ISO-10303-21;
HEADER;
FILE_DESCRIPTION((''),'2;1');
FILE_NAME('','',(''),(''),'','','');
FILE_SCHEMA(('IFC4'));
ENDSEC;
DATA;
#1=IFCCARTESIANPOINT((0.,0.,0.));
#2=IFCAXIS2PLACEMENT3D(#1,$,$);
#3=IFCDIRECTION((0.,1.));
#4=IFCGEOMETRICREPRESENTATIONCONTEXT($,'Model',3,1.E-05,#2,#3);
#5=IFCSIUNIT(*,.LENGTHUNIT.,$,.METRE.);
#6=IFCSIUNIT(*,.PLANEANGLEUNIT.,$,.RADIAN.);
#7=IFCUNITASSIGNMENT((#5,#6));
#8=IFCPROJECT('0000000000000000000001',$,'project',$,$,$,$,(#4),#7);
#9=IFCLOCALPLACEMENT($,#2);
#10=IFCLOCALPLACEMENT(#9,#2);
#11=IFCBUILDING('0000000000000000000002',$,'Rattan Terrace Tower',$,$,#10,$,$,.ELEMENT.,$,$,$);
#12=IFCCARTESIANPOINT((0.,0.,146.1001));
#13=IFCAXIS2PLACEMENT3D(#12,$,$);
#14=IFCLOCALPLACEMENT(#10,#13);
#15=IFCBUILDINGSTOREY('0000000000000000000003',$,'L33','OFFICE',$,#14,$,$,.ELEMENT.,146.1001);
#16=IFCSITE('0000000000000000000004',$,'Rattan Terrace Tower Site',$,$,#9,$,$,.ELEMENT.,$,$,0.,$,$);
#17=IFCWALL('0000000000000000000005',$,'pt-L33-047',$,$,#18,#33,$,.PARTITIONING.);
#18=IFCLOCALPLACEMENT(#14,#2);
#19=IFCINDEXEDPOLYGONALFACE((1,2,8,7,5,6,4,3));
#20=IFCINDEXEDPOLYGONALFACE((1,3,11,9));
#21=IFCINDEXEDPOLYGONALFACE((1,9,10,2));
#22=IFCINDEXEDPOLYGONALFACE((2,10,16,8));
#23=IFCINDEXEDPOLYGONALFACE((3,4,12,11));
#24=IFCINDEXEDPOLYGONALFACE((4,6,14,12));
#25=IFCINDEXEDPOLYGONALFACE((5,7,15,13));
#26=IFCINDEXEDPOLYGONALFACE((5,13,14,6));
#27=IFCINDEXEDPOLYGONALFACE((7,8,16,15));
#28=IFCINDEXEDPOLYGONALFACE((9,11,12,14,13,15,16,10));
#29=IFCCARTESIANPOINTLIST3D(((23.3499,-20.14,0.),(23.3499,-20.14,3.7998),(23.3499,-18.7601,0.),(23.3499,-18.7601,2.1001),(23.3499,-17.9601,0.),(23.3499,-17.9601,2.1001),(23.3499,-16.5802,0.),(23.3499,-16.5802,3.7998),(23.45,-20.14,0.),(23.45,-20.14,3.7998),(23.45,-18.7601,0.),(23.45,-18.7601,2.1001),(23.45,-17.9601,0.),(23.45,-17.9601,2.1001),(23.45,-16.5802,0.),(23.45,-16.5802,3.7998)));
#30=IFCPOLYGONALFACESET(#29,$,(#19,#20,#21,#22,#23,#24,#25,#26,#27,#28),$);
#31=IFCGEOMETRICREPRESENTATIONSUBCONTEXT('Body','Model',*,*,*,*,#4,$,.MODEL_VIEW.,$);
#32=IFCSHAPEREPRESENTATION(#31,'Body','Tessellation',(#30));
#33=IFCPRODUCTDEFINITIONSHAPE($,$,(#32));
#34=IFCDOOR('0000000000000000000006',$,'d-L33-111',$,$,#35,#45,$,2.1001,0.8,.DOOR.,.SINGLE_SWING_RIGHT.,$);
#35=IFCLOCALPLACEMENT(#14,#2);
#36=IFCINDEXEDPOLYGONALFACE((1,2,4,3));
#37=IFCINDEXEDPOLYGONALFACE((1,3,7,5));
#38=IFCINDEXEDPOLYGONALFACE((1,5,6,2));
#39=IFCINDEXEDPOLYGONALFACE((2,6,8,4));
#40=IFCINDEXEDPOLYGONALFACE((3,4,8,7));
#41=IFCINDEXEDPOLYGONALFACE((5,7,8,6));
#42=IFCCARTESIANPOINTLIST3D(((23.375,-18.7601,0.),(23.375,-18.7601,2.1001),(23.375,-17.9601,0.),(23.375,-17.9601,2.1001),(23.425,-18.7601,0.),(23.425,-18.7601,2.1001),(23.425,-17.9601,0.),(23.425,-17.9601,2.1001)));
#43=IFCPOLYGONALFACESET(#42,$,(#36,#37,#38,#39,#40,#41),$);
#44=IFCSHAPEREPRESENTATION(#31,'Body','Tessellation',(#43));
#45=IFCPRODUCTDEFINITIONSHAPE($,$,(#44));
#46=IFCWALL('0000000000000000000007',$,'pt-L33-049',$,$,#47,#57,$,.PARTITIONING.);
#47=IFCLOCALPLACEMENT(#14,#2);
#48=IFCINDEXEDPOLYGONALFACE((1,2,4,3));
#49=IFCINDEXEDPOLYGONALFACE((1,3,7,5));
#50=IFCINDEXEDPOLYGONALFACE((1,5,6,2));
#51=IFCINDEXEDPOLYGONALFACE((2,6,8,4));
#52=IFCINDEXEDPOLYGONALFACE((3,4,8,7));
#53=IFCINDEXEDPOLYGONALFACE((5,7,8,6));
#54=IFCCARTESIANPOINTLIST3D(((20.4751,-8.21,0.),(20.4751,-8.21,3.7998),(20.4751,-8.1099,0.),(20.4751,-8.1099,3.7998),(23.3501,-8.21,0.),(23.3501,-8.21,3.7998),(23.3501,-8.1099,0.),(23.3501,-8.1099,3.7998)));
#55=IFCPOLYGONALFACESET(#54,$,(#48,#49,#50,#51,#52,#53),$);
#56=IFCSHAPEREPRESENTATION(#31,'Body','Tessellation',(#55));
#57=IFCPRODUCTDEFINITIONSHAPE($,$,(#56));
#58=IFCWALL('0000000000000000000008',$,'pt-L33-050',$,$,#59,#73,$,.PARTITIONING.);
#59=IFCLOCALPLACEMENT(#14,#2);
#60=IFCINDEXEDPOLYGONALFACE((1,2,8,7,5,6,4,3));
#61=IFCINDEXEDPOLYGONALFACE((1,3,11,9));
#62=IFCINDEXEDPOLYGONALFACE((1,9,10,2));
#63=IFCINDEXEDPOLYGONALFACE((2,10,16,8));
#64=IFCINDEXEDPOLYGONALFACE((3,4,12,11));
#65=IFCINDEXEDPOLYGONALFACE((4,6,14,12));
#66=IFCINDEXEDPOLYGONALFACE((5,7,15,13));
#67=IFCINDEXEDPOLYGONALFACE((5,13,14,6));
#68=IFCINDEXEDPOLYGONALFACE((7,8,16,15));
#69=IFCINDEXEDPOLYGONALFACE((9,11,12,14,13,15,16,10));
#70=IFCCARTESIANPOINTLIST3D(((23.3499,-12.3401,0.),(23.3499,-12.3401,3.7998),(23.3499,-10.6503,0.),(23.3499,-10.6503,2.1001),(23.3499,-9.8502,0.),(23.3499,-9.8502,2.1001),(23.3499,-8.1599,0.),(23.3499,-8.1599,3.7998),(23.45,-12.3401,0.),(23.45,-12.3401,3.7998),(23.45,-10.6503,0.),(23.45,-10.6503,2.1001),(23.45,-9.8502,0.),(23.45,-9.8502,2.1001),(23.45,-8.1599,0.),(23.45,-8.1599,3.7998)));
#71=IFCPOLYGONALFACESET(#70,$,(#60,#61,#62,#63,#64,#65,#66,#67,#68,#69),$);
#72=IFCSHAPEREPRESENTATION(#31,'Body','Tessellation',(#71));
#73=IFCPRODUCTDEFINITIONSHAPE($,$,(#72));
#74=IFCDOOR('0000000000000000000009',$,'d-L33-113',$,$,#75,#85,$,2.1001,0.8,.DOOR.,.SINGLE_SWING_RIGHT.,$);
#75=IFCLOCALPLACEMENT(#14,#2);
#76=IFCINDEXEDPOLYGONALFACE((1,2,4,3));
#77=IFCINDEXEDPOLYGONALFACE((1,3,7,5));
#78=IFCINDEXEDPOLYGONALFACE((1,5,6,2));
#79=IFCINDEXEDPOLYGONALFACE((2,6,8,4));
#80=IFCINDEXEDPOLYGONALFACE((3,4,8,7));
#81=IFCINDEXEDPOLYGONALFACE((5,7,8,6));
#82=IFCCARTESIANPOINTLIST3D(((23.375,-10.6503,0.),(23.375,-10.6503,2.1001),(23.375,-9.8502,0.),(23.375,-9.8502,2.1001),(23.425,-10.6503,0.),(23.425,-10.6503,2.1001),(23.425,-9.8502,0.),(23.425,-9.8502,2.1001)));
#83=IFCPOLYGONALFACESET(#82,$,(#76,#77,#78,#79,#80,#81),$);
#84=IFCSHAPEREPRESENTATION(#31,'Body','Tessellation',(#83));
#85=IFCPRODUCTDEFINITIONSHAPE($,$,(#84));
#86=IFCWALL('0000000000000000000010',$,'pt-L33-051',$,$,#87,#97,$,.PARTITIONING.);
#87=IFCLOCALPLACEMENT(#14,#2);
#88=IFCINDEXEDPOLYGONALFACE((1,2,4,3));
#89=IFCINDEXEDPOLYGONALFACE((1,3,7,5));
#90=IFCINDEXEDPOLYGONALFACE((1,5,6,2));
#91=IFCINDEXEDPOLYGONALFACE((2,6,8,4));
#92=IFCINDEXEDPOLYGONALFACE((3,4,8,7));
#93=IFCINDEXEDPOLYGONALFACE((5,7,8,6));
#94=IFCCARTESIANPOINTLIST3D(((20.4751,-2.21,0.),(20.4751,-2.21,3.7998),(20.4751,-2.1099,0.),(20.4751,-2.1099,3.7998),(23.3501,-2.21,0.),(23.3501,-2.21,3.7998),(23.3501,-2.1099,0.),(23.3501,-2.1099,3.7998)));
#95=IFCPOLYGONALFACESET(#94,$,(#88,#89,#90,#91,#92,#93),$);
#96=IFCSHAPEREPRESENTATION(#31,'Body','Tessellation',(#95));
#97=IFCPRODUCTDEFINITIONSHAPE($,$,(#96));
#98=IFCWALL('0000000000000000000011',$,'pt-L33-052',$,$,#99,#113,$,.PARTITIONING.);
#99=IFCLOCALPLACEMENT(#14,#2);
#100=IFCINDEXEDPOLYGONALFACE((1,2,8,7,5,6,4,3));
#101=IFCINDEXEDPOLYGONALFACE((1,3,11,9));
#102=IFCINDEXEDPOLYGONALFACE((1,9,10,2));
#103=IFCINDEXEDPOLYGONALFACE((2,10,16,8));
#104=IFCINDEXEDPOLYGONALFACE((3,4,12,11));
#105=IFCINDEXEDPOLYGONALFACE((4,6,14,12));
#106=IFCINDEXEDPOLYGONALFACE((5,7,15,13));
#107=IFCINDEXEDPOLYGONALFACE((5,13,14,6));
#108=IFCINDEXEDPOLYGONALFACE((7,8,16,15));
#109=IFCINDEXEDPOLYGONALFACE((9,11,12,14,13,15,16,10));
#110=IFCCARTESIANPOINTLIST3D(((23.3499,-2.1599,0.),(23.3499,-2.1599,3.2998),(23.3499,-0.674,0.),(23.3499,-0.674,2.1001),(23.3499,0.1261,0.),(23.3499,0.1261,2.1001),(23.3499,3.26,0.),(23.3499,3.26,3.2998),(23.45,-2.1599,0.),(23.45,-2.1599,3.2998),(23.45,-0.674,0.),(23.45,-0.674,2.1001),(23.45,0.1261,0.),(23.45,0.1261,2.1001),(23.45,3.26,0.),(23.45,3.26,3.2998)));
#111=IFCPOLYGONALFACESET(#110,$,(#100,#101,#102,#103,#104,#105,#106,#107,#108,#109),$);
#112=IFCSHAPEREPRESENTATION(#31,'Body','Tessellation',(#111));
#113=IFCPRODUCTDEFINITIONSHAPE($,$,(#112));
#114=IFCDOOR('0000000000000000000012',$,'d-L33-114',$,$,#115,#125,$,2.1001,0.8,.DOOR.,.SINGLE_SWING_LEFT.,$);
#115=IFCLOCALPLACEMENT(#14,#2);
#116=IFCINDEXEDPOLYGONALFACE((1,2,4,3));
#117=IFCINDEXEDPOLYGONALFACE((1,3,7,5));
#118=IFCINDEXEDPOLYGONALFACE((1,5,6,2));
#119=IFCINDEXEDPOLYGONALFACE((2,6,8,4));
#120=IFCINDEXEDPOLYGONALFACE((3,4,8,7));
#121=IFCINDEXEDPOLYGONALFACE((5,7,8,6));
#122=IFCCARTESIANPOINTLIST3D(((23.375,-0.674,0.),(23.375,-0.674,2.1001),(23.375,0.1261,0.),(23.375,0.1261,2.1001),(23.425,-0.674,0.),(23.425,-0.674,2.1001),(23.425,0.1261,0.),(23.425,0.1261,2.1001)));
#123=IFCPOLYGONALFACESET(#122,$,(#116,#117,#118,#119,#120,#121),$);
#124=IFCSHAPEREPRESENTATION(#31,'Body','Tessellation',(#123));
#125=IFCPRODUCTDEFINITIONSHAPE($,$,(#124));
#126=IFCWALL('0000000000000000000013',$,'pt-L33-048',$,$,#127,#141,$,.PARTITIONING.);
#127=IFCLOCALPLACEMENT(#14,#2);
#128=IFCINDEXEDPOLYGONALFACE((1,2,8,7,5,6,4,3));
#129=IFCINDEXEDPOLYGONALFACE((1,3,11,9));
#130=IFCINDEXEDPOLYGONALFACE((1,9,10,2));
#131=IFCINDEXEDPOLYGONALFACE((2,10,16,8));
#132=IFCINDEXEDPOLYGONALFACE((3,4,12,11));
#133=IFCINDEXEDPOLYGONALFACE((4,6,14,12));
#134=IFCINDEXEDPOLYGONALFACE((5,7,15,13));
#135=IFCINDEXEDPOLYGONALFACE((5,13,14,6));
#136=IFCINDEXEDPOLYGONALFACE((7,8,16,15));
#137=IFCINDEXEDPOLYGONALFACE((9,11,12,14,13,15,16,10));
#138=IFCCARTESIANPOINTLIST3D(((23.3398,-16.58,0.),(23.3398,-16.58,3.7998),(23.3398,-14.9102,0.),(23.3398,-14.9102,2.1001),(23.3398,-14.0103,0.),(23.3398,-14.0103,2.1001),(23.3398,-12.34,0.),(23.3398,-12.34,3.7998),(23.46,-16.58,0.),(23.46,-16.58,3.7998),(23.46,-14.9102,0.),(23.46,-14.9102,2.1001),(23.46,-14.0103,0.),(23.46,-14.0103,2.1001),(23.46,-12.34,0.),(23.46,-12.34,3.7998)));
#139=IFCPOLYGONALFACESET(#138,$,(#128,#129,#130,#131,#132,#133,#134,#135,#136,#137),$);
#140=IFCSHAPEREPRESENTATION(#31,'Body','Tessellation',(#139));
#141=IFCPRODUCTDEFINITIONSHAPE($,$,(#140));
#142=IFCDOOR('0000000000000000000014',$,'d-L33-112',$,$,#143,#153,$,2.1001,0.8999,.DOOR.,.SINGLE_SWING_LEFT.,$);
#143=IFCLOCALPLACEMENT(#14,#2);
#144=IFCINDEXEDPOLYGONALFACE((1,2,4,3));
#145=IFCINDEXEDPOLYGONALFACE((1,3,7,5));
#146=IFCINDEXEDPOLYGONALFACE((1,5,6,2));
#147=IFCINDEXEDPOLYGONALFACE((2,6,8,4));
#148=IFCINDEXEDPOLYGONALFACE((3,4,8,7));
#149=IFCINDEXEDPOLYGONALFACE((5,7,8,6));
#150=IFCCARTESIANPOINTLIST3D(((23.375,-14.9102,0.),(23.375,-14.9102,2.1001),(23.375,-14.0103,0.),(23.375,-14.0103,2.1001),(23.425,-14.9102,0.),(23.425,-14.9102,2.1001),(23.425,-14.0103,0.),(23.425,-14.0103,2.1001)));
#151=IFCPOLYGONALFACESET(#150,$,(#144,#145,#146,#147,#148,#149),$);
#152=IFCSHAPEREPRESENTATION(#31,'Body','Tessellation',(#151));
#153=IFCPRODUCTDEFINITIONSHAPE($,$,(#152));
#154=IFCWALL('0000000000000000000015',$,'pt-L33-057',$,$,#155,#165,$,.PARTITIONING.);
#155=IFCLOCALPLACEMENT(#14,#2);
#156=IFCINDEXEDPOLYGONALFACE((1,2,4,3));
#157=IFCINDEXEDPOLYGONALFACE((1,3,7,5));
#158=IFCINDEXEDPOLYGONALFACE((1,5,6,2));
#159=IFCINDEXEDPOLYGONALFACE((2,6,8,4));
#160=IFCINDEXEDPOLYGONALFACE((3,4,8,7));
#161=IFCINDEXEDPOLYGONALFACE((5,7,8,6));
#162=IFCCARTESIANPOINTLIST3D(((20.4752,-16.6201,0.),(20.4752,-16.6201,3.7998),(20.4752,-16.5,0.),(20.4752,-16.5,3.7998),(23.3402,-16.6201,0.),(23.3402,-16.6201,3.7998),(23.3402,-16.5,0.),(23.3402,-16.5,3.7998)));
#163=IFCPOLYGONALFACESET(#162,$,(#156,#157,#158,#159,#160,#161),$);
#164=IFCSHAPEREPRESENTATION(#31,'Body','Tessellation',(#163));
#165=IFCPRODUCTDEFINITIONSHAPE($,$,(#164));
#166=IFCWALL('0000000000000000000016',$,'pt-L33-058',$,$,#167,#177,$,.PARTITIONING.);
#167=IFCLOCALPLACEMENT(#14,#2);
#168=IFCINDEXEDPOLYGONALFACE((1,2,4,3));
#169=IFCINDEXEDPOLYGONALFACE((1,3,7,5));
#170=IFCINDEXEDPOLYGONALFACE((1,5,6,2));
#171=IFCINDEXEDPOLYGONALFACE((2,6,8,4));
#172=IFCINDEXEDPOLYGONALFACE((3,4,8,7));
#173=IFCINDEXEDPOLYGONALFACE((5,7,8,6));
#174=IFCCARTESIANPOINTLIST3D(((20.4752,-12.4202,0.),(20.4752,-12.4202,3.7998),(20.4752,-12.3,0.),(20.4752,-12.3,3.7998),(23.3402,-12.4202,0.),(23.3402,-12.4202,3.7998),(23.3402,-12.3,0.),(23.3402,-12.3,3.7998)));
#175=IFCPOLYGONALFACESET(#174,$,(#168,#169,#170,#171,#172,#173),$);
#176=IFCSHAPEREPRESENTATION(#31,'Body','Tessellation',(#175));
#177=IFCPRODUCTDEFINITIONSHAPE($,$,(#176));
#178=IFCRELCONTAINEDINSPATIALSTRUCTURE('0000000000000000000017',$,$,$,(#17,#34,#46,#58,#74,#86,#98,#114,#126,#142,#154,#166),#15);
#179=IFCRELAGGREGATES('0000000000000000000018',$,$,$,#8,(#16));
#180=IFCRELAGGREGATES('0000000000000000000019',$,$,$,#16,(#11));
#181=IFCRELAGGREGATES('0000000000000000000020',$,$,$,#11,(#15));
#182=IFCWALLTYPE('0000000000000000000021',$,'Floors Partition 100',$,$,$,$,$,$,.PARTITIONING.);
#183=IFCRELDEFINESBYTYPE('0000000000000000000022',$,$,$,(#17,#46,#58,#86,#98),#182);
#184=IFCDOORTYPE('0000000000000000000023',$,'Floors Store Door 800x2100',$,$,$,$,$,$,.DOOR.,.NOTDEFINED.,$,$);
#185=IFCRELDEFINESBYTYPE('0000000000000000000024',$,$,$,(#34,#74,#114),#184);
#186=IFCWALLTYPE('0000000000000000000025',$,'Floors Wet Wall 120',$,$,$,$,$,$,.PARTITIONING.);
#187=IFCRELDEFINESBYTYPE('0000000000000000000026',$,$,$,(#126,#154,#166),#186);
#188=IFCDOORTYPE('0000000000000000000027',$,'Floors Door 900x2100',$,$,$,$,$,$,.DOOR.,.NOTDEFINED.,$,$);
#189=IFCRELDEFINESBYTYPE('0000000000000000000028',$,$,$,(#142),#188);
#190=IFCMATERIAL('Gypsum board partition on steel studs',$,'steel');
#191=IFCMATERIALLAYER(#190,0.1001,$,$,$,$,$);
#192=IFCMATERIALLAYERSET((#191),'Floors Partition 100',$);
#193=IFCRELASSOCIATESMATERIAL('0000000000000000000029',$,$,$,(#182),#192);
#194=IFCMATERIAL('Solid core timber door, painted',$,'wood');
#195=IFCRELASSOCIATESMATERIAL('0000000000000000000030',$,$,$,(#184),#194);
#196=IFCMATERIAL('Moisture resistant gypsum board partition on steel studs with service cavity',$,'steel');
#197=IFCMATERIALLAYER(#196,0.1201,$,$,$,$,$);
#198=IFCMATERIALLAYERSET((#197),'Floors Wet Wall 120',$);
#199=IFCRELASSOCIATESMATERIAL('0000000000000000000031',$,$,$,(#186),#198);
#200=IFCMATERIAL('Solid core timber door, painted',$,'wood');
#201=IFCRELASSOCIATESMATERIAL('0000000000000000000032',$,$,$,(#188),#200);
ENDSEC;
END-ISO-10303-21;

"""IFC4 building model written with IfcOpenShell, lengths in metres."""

from ifc_helpers import new_model, si_unit, direction, frame, frame_2d, origin, place, context, subcontext, project, spatial, rectangle, extrude, material, layer, layer_set, type_object, element, fill, save


model = new_model("IFC4")

# Units and contexts
model_context = context("Model", 3, precision=1e-05, world=origin(), true_north=direction((0.0, 1.0)))
body_context = subcontext(model_context, "Body", "Model", "MODEL_VIEW")
ifc_project = project(units=[si_unit("LENGTHUNIT", "METRE"), si_unit("PLANEANGLEUNIT", "RADIAN")], contexts=[model_context])

# Site, building, storey
site_placement = place(None, origin())
site = spatial("IfcSite", under=ifc_project, at=site_placement, Name="Rattan Terrace Tower Site", CompositionType="ELEMENT", RefElevation=0.0)
building_placement = place(site_placement, origin())
building = spatial("IfcBuilding", under=site, at=building_placement, Name="Rattan Terrace Tower", CompositionType="ELEMENT")
storey_placement = place(building_placement, frame((0.0, 0.0, 146.1001)))
storey = spatial("IfcBuildingStorey", under=building, at=storey_placement, Name="L33", Description="OFFICE", CompositionType="ELEMENT", Elevation=146.1001)

# Wall, opening, door
ifc_material_1 = material(Name="Gypsum board partition on steel studs", Category="steel")
ifc_layer_1 = layer(ifc_material_1, 0.1001)
ifc_layer_set_1 = layer_set([ifc_layer_1], Name="Floors Partition 100")
wall_type_1 = type_object("IfcWallType", Name="Floors Partition 100", PredefinedType="PARTITIONING", material=ifc_layer_set_1)
wall_1_placement = place(storey_placement, frame((23.3999, -20.1399, 0.0), z_axis=(0.0, 0.0, 1.0), x_axis=(0.0, 1.0, 0.0)))
wall_1 = element("IfcWall", 1, at=wall_1_placement, inside=storey, type_object=wall_type_1, Name="pt-L33-047", PredefinedType="PARTITIONING", context=body_context, shape_type="SweptSolid", body=[
    extrude(rectangle(XDim=3.5598, YDim=0.1001, at=frame_2d((1.7798, 0.0))), origin(), (0.0, 0.0, 1.0), 3.7998),
])
opening_1_placement = place(wall_1_placement, frame((1.3799, 0.0, 0.0)))
opening_1 = element("IfcOpeningElement", 2, at=opening_1_placement, cuts=wall_1, PredefinedType="OPENING", context=body_context, shape_type="SweptSolid", body=[
    extrude(rectangle(XDim=0.8, YDim=2.1001, at=frame_2d((0.3999, 1.05))), frame((0.0, 0.0605, 0.0), z_axis=(0.0, -1.0, 0.0), x_axis=(1.0, 0.0, 0.0)), (0.0, 0.0, 1.0), 0.1211),
])
ifc_material_2 = material(Name="Solid core timber door, painted", Category="wood")
door_type_1 = type_object("IfcDoorType", Name="Floors Store Door 800x2100", OperationType="NOTDEFINED", PredefinedType="DOOR", material=ifc_material_2)
door_1_placement = place(opening_1_placement, origin())
door_1 = element("IfcDoor", 3, at=door_1_placement, inside=storey, type_object=door_type_1, Name="d-L33-111", OperationType="SINGLE_SWING_RIGHT", OverallHeight=2.1001, OverallWidth=0.8, PredefinedType="DOOR", context=body_context, shape_type="SweptSolid", body=[
    extrude(rectangle(XDim=0.8, YDim=2.1001, at=frame_2d((0.3999, 1.05))), frame((0.0, 0.0249, 0.0), z_axis=(0.0, -1.0, 0.0), x_axis=(1.0, 0.0, 0.0)), (0.0, 0.0, 1.0), 0.05),
])
fill(opening_1, door_1)

# Wall
wall_2_placement = place(storey_placement, frame((23.3501, -8.1599, 0.0), z_axis=(0.0, 0.0, 1.0), x_axis=(-1.0, 0.0, 0.0)))
element("IfcWall", 4, at=wall_2_placement, inside=storey, type_object=wall_type_1, Name="pt-L33-049", PredefinedType="PARTITIONING", context=body_context, shape_type="SweptSolid", body=[
    extrude(rectangle(XDim=2.875, YDim=0.1001, at=frame_2d((1.4375, 0.0))), origin(), (0.0, 0.0, 1.0), 3.7998),
])

# Wall, opening, door
wall_3_placement = place(storey_placement, frame((23.3999, -12.3401, 0.0), z_axis=(0.0, 0.0, 1.0), x_axis=(0.0, 1.0, 0.0)))
wall_3 = element("IfcWall", 5, at=wall_3_placement, inside=storey, type_object=wall_type_1, Name="pt-L33-050", PredefinedType="PARTITIONING", context=body_context, shape_type="SweptSolid", body=[
    extrude(rectangle(XDim=4.1802, YDim=0.1001, at=frame_2d((2.0901, 0.0))), origin(), (0.0, 0.0, 1.0), 3.7998),
])
opening_2_placement = place(wall_3_placement, frame((1.6899, 0.0, 0.0)))
opening_2 = element("IfcOpeningElement", 6, at=opening_2_placement, cuts=wall_3, PredefinedType="OPENING", context=body_context, shape_type="SweptSolid", body=[
    extrude(rectangle(XDim=0.8, YDim=2.1001, at=frame_2d((0.3999, 1.05))), frame((0.0, 0.0605, 0.0), z_axis=(0.0, -1.0, 0.0), x_axis=(1.0, 0.0, 0.0)), (0.0, 0.0, 1.0), 0.1211),
])
door_2_placement = place(opening_2_placement, origin())
door_2 = element("IfcDoor", 7, at=door_2_placement, inside=storey, type_object=door_type_1, Name="d-L33-113", OperationType="SINGLE_SWING_RIGHT", OverallHeight=2.1001, OverallWidth=0.8, PredefinedType="DOOR", context=body_context, shape_type="SweptSolid", body=[
    extrude(rectangle(XDim=0.8, YDim=2.1001, at=frame_2d((0.3999, 1.05))), frame((0.0, 0.0249, 0.0), z_axis=(0.0, -1.0, 0.0), x_axis=(1.0, 0.0, 0.0)), (0.0, 0.0, 1.0), 0.05),
])
fill(opening_2, door_2)

# Wall
wall_4_placement = place(storey_placement, frame((20.4751, -2.1599, 0.0), z_axis=(0.0, 0.0, 1.0), x_axis=(1.0, 0.0, 0.0)))
element("IfcWall", 8, at=wall_4_placement, inside=storey, type_object=wall_type_1, Name="pt-L33-051", PredefinedType="PARTITIONING", context=body_context, shape_type="SweptSolid", body=[
    extrude(rectangle(XDim=2.875, YDim=0.1001, at=frame_2d((1.4375, 0.0))), origin(), (0.0, 0.0, 1.0), 3.7998),
])

# Walls, openings, doors
wall_5_placement = place(storey_placement, frame((23.3999, -2.1599, 0.0), z_axis=(0.0, 0.0, 1.0), x_axis=(0.0, 1.0, 0.0)))
wall_5 = element("IfcWall", 9, at=wall_5_placement, inside=storey, type_object=wall_type_1, Name="pt-L33-052", PredefinedType="PARTITIONING", context=body_context, shape_type="SweptSolid", body=[
    extrude(rectangle(XDim=5.4199, YDim=0.1001, at=frame_2d((2.71, 0.0))), origin(), (0.0, 0.0, 1.0), 3.2998),
])
opening_3_placement = place(wall_5_placement, frame((1.4861, 0.0, 0.0)))
opening_3 = element("IfcOpeningElement", 10, at=opening_3_placement, cuts=wall_5, PredefinedType="OPENING", context=body_context, shape_type="SweptSolid", body=[
    extrude(rectangle(XDim=0.8, YDim=2.1001, at=frame_2d((0.3999, 1.05))), frame((0.0, 0.0605, 0.0), z_axis=(0.0, -1.0, 0.0), x_axis=(1.0, 0.0, 0.0)), (0.0, 0.0, 1.0), 0.1211),
])
door_3_placement = place(opening_3_placement, origin())
door_3 = element("IfcDoor", 11, at=door_3_placement, inside=storey, type_object=door_type_1, Name="d-L33-114", OperationType="SINGLE_SWING_LEFT", OverallHeight=2.1001, OverallWidth=0.8, PredefinedType="DOOR", context=body_context, shape_type="SweptSolid", body=[
    extrude(rectangle(XDim=0.8, YDim=2.1001, at=frame_2d((0.3999, 1.05))), frame((0.0, 0.0249, 0.0), z_axis=(0.0, -1.0, 0.0), x_axis=(1.0, 0.0, 0.0)), (0.0, 0.0, 1.0), 0.05),
])
fill(opening_3, door_3)
ifc_material_3 = material(Name="Moisture resistant gypsum board partition on steel studs with service cavity", Category="steel")
ifc_layer_2 = layer(ifc_material_3, 0.1201)
ifc_layer_set_2 = layer_set([ifc_layer_2], Name="Floors Wet Wall 120")
wall_type_2 = type_object("IfcWallType", Name="Floors Wet Wall 120", PredefinedType="PARTITIONING", material=ifc_layer_set_2)
wall_6_placement = place(storey_placement, frame((23.3999, -16.5801, 0.0), z_axis=(0.0, 0.0, 1.0), x_axis=(0.0, 1.0, 0.0)))
wall_6 = element("IfcWall", 12, at=wall_6_placement, inside=storey, type_object=wall_type_2, Name="pt-L33-048", PredefinedType="PARTITIONING", context=body_context, shape_type="SweptSolid", body=[
    extrude(rectangle(XDim=4.24, YDim=0.1201, at=frame_2d((2.1201, 0.0))), origin(), (0.0, 0.0, 1.0), 3.7998),
])
opening_4_placement = place(wall_6_placement, frame((1.6699, 0.0, 0.0)))
opening_4 = element("IfcOpeningElement", 13, at=opening_4_placement, cuts=wall_6, PredefinedType="OPENING", context=body_context, shape_type="SweptSolid", body=[
    extrude(rectangle(XDim=0.8999, YDim=2.1001, at=frame_2d((0.45, 1.05))), frame((0.0, 0.0706, 0.0), z_axis=(0.0, -1.0, 0.0), x_axis=(1.0, 0.0, 0.0)), (0.0, 0.0, 1.0), 0.1411),
])
ifc_material_4 = material(Name="Solid core timber door, painted", Category="wood")
door_type_2 = type_object("IfcDoorType", Name="Floors Door 900x2100", OperationType="NOTDEFINED", PredefinedType="DOOR", material=ifc_material_4)
door_4_placement = place(opening_4_placement, origin())
door_4 = element("IfcDoor", 14, at=door_4_placement, inside=storey, type_object=door_type_2, Name="d-L33-112", OperationType="SINGLE_SWING_LEFT", OverallHeight=2.1001, OverallWidth=0.8999, PredefinedType="DOOR", context=body_context, shape_type="SweptSolid", body=[
    extrude(rectangle(XDim=0.8999, YDim=2.1001, at=frame_2d((0.45, 1.05))), frame((0.0, 0.0249, 0.0), z_axis=(0.0, -1.0, 0.0), x_axis=(1.0, 0.0, 0.0)), (0.0, 0.0, 1.0), 0.05),
])
fill(opening_4, door_4)

# Walls
for number, where, z_axis, x_axis, name in (
    (15, (20.4751, -16.5601, 0.0), (0.0, 0.0, 1.0), (1.0, 0.0, 0.0), "pt-L33-057"),
    (16, (20.4751, -12.3601, 0.0), (0.0, 0.0, 1.0), (1.0, 0.0, 0.0), "pt-L33-058"),
):
    element("IfcWall", number, at=place(storey_placement, frame(where, z_axis=z_axis, x_axis=x_axis)), inside=storey, type_object=wall_type_2, Name=name, PredefinedType="PARTITIONING", context=body_context, shape_type="SweptSolid", body=[
        extrude(rectangle(XDim=2.865, YDim=0.1201, at=frame_2d((1.4326, 0.0))), origin(), (0.0, 0.0, 1.0), 3.7998),
    ])

save(model, "model.ifc")
